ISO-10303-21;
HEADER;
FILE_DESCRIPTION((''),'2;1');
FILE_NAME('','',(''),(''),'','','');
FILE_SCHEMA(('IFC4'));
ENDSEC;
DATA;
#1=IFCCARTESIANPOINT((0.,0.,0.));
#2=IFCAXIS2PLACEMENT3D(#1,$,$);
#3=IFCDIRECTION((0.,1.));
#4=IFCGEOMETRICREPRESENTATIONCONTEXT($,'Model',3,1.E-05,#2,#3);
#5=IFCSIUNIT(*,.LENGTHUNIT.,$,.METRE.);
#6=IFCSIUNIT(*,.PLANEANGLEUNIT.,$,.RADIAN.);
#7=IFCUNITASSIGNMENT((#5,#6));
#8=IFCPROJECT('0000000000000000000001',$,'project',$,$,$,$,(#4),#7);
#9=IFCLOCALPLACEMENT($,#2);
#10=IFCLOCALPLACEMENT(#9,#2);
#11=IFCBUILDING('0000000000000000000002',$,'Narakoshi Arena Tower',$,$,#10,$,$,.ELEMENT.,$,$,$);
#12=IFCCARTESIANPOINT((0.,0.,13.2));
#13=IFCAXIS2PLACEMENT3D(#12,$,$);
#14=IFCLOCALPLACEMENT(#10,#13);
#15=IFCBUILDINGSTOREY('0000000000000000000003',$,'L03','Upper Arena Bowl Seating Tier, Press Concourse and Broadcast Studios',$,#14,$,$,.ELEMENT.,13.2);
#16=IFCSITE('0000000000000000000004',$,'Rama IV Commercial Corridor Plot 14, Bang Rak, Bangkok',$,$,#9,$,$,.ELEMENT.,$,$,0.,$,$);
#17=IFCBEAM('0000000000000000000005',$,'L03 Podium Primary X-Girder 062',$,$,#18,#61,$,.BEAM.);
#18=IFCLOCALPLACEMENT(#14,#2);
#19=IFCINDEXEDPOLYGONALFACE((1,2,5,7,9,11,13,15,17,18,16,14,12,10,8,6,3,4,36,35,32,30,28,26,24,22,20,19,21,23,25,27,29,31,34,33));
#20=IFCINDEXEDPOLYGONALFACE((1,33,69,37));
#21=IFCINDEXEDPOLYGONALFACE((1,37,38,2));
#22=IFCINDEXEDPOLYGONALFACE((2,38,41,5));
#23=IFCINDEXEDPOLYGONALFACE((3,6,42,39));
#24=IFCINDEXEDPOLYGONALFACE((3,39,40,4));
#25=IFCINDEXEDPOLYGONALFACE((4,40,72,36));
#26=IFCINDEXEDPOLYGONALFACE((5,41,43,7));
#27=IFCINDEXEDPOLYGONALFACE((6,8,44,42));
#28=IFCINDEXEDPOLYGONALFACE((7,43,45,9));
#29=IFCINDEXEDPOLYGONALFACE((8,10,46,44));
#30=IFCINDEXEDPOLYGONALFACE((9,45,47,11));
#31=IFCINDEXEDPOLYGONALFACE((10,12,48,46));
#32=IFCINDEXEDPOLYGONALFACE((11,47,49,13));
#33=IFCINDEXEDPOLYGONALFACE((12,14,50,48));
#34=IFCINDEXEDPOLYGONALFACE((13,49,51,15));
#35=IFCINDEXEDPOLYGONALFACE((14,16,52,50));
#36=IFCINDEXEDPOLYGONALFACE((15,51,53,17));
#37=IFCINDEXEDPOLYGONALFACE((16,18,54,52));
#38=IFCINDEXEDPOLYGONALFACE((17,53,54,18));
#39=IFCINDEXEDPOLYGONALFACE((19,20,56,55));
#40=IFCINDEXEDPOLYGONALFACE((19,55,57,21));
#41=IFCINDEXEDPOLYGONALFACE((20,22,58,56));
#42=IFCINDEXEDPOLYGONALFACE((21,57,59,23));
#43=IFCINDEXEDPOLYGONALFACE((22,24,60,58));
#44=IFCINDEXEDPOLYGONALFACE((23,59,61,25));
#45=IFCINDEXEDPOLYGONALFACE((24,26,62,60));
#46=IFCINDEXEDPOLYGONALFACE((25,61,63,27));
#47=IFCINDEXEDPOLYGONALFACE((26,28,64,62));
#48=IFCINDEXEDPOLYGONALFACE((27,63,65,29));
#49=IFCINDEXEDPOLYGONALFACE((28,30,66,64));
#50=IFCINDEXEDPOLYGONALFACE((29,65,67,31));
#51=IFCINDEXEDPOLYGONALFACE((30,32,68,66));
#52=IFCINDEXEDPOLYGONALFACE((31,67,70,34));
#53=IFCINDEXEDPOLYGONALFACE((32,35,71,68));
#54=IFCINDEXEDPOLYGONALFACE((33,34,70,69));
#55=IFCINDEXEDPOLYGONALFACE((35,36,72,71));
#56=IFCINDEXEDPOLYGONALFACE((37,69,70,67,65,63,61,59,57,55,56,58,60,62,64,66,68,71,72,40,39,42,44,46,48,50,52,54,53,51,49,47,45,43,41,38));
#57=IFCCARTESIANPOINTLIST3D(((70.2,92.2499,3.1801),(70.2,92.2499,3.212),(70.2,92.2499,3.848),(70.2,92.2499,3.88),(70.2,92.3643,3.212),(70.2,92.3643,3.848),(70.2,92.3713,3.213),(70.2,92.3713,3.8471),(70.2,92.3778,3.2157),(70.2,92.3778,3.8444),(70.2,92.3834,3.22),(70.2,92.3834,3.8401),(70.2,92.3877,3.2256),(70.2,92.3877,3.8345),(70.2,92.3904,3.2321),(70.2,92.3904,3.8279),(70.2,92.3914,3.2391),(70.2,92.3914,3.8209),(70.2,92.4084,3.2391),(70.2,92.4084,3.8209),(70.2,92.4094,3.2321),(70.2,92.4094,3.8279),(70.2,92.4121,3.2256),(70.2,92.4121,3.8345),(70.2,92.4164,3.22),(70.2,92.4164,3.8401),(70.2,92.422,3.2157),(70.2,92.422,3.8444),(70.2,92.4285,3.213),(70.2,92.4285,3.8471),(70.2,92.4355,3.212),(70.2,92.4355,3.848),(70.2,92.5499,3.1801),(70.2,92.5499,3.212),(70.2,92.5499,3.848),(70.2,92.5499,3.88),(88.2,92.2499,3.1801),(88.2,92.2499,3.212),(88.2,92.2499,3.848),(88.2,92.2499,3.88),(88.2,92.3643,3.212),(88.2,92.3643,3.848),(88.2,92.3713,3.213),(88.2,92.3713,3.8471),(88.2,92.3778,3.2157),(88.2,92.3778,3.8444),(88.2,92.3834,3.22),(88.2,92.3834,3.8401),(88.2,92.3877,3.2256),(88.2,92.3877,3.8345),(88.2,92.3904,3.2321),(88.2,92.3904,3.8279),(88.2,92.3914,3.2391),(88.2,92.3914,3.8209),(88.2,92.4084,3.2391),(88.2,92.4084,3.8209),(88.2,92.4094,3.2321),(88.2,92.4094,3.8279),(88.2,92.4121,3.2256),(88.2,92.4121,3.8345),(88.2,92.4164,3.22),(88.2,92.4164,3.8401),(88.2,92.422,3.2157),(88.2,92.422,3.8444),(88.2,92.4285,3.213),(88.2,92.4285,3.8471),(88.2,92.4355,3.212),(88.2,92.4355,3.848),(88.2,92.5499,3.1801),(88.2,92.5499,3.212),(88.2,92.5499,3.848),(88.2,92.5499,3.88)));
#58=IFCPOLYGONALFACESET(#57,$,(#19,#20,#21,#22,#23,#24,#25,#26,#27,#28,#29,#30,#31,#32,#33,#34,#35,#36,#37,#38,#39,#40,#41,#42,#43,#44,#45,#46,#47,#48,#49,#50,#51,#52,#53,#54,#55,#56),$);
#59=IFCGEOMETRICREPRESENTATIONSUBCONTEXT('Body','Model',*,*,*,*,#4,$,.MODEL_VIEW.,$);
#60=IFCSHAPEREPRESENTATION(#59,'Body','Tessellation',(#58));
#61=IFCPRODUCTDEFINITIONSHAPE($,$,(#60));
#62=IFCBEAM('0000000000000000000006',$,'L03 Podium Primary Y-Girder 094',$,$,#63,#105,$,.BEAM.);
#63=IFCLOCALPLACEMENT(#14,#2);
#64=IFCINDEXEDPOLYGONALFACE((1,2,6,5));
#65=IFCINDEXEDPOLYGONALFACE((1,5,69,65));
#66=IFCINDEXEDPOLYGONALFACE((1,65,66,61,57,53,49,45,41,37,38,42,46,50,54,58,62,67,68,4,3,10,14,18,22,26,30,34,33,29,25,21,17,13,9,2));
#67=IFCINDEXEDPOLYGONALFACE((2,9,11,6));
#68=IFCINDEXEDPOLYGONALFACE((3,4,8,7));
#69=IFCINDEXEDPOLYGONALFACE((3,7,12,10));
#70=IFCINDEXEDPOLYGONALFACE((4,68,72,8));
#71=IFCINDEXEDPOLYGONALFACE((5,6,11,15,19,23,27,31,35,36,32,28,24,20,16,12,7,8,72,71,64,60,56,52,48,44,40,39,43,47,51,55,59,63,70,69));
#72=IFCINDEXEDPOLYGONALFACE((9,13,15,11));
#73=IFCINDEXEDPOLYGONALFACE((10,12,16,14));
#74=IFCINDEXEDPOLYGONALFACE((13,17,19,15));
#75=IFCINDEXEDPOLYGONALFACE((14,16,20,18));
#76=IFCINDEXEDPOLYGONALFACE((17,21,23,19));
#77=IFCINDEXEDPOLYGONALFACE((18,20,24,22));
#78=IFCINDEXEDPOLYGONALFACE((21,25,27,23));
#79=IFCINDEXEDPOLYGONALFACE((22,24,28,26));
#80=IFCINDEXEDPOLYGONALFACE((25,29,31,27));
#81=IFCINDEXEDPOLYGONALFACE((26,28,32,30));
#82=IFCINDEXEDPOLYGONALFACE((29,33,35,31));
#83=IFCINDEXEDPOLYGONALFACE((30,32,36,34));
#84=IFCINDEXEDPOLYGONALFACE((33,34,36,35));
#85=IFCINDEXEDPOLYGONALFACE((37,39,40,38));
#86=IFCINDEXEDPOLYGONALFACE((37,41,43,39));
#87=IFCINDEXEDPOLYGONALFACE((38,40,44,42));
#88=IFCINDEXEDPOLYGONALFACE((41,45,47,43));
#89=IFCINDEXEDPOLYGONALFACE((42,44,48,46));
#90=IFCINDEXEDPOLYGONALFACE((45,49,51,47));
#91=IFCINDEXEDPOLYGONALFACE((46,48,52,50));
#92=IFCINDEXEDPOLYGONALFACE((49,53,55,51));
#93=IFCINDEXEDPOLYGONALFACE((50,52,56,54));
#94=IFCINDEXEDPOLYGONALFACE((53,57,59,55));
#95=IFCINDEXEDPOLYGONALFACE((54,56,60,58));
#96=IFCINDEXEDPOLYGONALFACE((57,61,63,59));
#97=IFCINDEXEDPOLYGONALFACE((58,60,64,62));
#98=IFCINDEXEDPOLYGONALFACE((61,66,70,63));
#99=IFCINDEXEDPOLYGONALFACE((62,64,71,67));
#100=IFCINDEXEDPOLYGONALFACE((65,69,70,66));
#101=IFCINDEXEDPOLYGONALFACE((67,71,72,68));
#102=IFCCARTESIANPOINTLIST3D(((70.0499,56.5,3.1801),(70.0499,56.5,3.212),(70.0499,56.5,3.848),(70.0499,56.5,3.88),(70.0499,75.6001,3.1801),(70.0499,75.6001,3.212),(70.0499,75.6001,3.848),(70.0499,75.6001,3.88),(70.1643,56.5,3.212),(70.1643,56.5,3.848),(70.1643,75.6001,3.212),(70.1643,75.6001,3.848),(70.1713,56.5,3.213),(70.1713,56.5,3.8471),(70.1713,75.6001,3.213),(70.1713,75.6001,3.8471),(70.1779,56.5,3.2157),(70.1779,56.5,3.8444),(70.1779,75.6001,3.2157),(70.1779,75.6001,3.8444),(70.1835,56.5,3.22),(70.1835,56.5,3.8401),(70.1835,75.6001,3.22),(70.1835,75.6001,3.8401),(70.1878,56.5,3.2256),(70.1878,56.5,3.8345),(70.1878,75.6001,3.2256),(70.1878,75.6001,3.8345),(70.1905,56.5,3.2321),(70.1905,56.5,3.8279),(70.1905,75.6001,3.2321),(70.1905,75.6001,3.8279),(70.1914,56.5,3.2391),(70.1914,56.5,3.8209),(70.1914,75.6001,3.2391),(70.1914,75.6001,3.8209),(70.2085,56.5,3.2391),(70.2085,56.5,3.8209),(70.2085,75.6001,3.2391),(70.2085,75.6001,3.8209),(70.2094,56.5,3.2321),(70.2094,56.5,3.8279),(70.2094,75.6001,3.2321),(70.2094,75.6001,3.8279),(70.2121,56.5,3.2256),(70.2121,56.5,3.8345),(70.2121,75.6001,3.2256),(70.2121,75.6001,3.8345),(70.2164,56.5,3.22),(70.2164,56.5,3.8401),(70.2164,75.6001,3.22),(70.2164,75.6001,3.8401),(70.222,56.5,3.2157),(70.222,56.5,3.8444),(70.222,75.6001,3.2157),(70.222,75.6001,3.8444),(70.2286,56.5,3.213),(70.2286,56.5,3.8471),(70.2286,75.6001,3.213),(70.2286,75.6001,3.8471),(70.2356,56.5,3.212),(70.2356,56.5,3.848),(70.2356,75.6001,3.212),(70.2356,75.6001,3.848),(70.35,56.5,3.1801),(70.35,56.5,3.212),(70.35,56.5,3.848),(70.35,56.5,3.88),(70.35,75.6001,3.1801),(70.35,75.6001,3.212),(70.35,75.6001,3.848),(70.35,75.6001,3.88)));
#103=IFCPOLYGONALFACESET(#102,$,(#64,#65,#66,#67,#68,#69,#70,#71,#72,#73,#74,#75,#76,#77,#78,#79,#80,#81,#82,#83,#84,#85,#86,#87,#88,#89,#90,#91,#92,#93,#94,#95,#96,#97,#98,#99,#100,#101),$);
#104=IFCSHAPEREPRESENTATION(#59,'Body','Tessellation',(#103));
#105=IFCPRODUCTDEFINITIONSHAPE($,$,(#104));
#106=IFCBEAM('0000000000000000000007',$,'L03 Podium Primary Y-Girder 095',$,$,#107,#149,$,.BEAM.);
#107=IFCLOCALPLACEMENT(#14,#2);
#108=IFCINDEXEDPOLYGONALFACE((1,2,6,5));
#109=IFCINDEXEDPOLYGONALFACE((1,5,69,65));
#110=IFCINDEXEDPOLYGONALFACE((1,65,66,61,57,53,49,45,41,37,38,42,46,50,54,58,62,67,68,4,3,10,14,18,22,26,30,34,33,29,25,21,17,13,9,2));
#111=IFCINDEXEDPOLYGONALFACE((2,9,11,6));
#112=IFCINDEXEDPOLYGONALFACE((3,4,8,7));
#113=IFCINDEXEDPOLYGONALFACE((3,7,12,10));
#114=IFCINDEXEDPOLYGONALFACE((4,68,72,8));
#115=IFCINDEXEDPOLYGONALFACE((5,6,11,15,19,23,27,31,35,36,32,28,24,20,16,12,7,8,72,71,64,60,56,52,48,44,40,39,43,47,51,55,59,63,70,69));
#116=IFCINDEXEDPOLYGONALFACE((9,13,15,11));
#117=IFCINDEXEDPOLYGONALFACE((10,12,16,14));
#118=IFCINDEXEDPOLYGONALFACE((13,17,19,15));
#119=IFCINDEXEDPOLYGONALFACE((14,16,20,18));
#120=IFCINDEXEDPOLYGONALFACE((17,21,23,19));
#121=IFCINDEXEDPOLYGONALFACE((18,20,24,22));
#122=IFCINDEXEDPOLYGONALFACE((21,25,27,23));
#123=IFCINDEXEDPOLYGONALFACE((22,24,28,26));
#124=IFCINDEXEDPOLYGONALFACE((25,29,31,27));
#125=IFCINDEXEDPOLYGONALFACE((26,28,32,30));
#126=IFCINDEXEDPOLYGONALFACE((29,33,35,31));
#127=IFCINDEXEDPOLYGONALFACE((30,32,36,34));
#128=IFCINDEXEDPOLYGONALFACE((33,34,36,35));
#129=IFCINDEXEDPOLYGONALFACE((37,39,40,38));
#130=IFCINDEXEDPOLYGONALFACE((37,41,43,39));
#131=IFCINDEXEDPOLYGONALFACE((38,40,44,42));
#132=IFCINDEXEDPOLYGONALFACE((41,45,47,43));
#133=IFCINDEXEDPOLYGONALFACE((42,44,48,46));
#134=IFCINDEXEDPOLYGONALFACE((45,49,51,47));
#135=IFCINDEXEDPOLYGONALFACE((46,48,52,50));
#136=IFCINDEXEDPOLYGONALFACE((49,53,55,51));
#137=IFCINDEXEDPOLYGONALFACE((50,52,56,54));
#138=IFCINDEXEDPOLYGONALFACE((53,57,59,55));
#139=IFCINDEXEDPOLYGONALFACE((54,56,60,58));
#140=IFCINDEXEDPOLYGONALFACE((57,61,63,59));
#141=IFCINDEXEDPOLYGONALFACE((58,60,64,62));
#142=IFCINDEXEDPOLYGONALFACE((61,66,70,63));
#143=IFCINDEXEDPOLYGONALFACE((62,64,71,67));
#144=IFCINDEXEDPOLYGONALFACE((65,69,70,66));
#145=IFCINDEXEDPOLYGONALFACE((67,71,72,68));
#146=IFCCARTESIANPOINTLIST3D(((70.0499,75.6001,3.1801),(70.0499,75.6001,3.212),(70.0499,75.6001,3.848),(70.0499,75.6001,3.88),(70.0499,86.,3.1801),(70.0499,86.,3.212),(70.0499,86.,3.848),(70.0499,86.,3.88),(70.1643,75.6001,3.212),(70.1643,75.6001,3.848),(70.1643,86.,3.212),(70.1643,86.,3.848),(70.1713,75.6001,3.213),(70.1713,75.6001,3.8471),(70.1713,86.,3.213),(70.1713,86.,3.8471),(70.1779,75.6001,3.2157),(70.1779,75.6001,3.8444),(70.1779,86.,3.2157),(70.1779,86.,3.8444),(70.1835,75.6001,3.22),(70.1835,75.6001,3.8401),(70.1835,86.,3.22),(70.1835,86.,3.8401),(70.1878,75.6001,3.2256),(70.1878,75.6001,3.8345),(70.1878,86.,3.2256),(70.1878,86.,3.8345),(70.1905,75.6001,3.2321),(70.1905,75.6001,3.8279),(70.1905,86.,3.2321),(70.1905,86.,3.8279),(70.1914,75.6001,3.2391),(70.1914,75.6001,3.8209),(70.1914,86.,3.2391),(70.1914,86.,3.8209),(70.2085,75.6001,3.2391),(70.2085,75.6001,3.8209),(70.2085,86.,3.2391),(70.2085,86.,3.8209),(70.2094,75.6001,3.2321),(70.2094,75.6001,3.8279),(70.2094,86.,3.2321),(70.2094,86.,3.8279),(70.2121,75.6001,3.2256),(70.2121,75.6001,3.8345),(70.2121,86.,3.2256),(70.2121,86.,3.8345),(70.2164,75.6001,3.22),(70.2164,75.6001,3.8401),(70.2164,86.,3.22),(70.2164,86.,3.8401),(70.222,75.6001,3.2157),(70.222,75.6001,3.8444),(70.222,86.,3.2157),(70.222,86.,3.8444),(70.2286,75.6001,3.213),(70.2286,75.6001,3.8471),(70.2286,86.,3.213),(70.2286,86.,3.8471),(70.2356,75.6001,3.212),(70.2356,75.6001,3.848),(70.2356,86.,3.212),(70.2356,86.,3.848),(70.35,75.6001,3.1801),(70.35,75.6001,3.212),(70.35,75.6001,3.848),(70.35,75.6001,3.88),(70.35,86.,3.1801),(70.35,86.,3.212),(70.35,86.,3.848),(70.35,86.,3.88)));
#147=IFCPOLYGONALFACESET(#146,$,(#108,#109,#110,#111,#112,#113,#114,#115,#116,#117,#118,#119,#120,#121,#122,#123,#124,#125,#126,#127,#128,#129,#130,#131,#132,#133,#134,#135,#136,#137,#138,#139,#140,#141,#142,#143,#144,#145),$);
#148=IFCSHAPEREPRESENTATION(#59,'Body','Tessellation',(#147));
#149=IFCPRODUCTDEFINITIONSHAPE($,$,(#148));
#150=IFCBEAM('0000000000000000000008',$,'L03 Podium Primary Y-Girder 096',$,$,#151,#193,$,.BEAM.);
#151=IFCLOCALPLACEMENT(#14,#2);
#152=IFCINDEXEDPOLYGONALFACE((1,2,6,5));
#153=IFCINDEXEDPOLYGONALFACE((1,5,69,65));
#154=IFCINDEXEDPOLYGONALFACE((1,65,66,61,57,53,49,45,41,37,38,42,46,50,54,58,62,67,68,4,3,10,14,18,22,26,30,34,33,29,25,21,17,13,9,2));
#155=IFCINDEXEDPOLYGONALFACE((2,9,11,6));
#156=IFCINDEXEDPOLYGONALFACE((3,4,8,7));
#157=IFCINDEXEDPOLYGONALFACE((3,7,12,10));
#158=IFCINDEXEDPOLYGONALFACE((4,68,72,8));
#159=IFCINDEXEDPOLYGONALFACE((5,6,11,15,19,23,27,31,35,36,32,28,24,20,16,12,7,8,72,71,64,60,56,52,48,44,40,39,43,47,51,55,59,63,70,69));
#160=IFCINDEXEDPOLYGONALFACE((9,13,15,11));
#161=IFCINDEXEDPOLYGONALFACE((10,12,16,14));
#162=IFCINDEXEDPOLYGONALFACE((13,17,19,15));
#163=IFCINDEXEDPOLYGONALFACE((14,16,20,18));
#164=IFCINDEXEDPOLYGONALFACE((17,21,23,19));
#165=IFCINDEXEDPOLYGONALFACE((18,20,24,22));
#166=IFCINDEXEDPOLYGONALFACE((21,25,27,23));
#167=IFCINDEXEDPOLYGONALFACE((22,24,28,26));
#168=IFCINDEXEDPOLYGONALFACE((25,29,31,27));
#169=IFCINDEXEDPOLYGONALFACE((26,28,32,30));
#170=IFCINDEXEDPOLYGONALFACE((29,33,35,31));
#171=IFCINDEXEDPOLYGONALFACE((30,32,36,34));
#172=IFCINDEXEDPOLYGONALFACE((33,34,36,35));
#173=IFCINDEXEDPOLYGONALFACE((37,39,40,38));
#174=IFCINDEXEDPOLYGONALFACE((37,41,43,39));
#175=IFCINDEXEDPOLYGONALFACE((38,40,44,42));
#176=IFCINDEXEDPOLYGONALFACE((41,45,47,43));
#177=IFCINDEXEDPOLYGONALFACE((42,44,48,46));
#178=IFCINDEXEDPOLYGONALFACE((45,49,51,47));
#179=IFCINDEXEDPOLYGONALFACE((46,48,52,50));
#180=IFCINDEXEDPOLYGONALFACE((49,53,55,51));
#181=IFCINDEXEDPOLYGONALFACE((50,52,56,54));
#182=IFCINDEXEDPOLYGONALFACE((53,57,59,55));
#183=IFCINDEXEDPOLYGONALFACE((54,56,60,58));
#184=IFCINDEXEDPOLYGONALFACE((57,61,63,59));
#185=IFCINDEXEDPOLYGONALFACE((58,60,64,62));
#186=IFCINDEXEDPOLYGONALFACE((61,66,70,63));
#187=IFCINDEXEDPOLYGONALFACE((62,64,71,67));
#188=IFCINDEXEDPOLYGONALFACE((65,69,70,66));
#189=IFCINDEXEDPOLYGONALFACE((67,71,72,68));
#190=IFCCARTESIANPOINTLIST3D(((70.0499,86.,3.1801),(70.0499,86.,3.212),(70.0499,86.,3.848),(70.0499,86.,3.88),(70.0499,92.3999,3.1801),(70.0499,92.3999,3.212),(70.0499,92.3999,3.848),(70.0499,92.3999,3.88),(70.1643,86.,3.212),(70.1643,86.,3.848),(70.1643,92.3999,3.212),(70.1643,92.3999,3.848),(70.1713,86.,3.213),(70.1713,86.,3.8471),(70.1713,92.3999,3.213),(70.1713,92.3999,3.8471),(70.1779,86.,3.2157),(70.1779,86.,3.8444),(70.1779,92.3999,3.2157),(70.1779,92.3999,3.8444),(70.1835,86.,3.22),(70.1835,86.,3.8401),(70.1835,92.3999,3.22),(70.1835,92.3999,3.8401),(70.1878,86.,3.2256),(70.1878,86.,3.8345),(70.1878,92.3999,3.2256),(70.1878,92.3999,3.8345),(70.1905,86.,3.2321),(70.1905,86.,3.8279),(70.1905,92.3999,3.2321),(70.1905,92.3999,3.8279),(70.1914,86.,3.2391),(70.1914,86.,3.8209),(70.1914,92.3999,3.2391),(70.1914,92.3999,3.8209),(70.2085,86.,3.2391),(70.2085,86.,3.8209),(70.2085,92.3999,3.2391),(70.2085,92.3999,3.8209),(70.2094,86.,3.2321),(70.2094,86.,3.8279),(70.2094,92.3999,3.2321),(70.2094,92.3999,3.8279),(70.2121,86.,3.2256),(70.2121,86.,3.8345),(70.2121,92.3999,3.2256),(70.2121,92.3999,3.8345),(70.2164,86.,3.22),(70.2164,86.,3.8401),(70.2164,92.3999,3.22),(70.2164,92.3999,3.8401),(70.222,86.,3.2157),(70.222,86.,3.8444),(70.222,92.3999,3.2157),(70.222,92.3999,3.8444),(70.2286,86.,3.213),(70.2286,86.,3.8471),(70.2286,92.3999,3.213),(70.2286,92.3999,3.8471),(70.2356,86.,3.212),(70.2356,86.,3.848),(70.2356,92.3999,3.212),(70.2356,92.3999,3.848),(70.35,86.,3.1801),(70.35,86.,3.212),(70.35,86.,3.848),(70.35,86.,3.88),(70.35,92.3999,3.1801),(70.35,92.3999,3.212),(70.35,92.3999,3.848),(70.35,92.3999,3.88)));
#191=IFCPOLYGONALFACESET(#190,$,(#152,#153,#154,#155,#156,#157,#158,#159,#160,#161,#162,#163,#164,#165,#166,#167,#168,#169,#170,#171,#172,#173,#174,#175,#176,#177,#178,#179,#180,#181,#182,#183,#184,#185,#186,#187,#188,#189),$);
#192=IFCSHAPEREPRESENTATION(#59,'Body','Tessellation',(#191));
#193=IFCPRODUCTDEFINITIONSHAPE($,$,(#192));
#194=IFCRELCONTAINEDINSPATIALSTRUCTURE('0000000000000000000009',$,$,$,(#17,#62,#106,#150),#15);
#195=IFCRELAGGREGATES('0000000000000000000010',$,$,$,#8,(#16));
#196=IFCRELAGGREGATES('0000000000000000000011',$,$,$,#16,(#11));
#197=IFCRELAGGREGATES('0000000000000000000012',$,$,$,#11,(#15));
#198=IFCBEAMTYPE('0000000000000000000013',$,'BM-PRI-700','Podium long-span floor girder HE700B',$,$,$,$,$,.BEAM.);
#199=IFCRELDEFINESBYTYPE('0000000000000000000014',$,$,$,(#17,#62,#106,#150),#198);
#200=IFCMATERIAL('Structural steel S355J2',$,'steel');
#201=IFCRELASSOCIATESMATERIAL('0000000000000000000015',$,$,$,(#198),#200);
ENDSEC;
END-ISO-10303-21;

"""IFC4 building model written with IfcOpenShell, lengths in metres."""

from ifc_helpers import new_model, si_unit, direction, frame, origin, origin_2d, place, context, subcontext, project, spatial, i_section, extrude, material, material_profile, profile_set, type_object, element, save


model = new_model("IFC4")

# Units and contexts
model_context = context("Model", 3, precision=1e-05, world=origin(), true_north=direction((0.0, 1.0)))
body_context = subcontext(model_context, "Body", "Model", "MODEL_VIEW")
ifc_project = project(units=[si_unit("LENGTHUNIT", "METRE"), si_unit("PLANEANGLEUNIT", "RADIAN")], contexts=[model_context])

# Site, building, storey
site_placement = place(None, origin())
site = spatial("IfcSite", under=ifc_project, at=site_placement, Name="Rama IV Commercial Corridor Plot 14, Bang Rak, Bangkok", CompositionType="ELEMENT", RefElevation=0.0)
building_placement = place(site_placement, origin())
building = spatial("IfcBuilding", under=site, at=building_placement, Name="Narakoshi Arena Tower", CompositionType="ELEMENT")
storey_placement = place(building_placement, frame((0.0, 0.0, 13.2)))
storey = spatial("IfcBuildingStorey", under=building, at=storey_placement, Name="L03", Description="Upper Arena Bowl Seating Tier, Press Concourse and Broadcast Studios", CompositionType="ELEMENT", Elevation=13.2)

# Beams
ifc_material_1 = material(Name="Structural steel S355J2", Category="steel")
ifc_material_profile_1 = material_profile(ifc_material_1, i_section(OverallWidth=0.3, OverallDepth=0.7, WebThickness=0.0171, FlangeThickness=0.032, FilletRadius=0.0271, at=origin_2d()), Name="HE700B")
ifc_profile_set_1 = profile_set([ifc_material_profile_1], Name="Structural steel S355J2")
beam_type_1 = type_object("IfcBeamType", Name="BM-PRI-700", Description="Podium long-span floor girder HE700B", PredefinedType="BEAM", material=ifc_profile_set_1)
beam_1_placement = place(storey_placement, frame((70.2, 92.3999, 3.53), z_axis=(1.0, 0.0, 0.0), x_axis=(0.0, 1.0, 0.0)))
element("IfcBeam", 1, at=beam_1_placement, inside=storey, type_object=beam_type_1, Name="L03 Podium Primary X-Girder 062", PredefinedType="BEAM", context=body_context, shape_type="SweptSolid", body=[
    extrude(i_section(OverallWidth=0.3, OverallDepth=0.7, WebThickness=0.0171, FlangeThickness=0.032, FilletRadius=0.0271, at=origin_2d()), origin(), (0.0, 0.0, 1.0), 18.0),
])
beam_2_placement = place(storey_placement, frame((70.2, 56.5, 3.53), z_axis=(0.0, 1.0, 0.0), x_axis=(-1.0, 0.0, 0.0)))
element("IfcBeam", 2, at=beam_2_placement, inside=storey, type_object=beam_type_1, Name="L03 Podium Primary Y-Girder 094", PredefinedType="BEAM", context=body_context, shape_type="SweptSolid", body=[
    extrude(i_section(OverallWidth=0.3, OverallDepth=0.7, WebThickness=0.0171, FlangeThickness=0.032, FilletRadius=0.0271, at=origin_2d()), origin(), (0.0, 0.0, 1.0), 19.1001),
])
beam_3_placement = place(storey_placement, frame((70.2, 75.6001, 3.53), z_axis=(0.0, 1.0, 0.0), x_axis=(-1.0, 0.0, 0.0)))
element("IfcBeam", 3, at=beam_3_placement, inside=storey, type_object=beam_type_1, Name="L03 Podium Primary Y-Girder 095", PredefinedType="BEAM", context=body_context, shape_type="SweptSolid", body=[
    extrude(i_section(OverallWidth=0.3, OverallDepth=0.7, WebThickness=0.0171, FlangeThickness=0.032, FilletRadius=0.0271, at=origin_2d()), origin(), (0.0, 0.0, 1.0), 10.3999),
])
beam_4_placement = place(storey_placement, frame((70.2, 86.0, 3.53), z_axis=(0.0, 1.0, 0.0), x_axis=(-1.0, 0.0, 0.0)))
element("IfcBeam", 4, at=beam_4_placement, inside=storey, type_object=beam_type_1, Name="L03 Podium Primary Y-Girder 096", PredefinedType="BEAM", context=body_context, shape_type="SweptSolid", body=[
    extrude(i_section(OverallWidth=0.3, OverallDepth=0.7, WebThickness=0.0171, FlangeThickness=0.032, FilletRadius=0.0271, at=origin_2d()), origin(), (0.0, 0.0, 1.0), 6.3999),
])

save(model, "model.ifc")
